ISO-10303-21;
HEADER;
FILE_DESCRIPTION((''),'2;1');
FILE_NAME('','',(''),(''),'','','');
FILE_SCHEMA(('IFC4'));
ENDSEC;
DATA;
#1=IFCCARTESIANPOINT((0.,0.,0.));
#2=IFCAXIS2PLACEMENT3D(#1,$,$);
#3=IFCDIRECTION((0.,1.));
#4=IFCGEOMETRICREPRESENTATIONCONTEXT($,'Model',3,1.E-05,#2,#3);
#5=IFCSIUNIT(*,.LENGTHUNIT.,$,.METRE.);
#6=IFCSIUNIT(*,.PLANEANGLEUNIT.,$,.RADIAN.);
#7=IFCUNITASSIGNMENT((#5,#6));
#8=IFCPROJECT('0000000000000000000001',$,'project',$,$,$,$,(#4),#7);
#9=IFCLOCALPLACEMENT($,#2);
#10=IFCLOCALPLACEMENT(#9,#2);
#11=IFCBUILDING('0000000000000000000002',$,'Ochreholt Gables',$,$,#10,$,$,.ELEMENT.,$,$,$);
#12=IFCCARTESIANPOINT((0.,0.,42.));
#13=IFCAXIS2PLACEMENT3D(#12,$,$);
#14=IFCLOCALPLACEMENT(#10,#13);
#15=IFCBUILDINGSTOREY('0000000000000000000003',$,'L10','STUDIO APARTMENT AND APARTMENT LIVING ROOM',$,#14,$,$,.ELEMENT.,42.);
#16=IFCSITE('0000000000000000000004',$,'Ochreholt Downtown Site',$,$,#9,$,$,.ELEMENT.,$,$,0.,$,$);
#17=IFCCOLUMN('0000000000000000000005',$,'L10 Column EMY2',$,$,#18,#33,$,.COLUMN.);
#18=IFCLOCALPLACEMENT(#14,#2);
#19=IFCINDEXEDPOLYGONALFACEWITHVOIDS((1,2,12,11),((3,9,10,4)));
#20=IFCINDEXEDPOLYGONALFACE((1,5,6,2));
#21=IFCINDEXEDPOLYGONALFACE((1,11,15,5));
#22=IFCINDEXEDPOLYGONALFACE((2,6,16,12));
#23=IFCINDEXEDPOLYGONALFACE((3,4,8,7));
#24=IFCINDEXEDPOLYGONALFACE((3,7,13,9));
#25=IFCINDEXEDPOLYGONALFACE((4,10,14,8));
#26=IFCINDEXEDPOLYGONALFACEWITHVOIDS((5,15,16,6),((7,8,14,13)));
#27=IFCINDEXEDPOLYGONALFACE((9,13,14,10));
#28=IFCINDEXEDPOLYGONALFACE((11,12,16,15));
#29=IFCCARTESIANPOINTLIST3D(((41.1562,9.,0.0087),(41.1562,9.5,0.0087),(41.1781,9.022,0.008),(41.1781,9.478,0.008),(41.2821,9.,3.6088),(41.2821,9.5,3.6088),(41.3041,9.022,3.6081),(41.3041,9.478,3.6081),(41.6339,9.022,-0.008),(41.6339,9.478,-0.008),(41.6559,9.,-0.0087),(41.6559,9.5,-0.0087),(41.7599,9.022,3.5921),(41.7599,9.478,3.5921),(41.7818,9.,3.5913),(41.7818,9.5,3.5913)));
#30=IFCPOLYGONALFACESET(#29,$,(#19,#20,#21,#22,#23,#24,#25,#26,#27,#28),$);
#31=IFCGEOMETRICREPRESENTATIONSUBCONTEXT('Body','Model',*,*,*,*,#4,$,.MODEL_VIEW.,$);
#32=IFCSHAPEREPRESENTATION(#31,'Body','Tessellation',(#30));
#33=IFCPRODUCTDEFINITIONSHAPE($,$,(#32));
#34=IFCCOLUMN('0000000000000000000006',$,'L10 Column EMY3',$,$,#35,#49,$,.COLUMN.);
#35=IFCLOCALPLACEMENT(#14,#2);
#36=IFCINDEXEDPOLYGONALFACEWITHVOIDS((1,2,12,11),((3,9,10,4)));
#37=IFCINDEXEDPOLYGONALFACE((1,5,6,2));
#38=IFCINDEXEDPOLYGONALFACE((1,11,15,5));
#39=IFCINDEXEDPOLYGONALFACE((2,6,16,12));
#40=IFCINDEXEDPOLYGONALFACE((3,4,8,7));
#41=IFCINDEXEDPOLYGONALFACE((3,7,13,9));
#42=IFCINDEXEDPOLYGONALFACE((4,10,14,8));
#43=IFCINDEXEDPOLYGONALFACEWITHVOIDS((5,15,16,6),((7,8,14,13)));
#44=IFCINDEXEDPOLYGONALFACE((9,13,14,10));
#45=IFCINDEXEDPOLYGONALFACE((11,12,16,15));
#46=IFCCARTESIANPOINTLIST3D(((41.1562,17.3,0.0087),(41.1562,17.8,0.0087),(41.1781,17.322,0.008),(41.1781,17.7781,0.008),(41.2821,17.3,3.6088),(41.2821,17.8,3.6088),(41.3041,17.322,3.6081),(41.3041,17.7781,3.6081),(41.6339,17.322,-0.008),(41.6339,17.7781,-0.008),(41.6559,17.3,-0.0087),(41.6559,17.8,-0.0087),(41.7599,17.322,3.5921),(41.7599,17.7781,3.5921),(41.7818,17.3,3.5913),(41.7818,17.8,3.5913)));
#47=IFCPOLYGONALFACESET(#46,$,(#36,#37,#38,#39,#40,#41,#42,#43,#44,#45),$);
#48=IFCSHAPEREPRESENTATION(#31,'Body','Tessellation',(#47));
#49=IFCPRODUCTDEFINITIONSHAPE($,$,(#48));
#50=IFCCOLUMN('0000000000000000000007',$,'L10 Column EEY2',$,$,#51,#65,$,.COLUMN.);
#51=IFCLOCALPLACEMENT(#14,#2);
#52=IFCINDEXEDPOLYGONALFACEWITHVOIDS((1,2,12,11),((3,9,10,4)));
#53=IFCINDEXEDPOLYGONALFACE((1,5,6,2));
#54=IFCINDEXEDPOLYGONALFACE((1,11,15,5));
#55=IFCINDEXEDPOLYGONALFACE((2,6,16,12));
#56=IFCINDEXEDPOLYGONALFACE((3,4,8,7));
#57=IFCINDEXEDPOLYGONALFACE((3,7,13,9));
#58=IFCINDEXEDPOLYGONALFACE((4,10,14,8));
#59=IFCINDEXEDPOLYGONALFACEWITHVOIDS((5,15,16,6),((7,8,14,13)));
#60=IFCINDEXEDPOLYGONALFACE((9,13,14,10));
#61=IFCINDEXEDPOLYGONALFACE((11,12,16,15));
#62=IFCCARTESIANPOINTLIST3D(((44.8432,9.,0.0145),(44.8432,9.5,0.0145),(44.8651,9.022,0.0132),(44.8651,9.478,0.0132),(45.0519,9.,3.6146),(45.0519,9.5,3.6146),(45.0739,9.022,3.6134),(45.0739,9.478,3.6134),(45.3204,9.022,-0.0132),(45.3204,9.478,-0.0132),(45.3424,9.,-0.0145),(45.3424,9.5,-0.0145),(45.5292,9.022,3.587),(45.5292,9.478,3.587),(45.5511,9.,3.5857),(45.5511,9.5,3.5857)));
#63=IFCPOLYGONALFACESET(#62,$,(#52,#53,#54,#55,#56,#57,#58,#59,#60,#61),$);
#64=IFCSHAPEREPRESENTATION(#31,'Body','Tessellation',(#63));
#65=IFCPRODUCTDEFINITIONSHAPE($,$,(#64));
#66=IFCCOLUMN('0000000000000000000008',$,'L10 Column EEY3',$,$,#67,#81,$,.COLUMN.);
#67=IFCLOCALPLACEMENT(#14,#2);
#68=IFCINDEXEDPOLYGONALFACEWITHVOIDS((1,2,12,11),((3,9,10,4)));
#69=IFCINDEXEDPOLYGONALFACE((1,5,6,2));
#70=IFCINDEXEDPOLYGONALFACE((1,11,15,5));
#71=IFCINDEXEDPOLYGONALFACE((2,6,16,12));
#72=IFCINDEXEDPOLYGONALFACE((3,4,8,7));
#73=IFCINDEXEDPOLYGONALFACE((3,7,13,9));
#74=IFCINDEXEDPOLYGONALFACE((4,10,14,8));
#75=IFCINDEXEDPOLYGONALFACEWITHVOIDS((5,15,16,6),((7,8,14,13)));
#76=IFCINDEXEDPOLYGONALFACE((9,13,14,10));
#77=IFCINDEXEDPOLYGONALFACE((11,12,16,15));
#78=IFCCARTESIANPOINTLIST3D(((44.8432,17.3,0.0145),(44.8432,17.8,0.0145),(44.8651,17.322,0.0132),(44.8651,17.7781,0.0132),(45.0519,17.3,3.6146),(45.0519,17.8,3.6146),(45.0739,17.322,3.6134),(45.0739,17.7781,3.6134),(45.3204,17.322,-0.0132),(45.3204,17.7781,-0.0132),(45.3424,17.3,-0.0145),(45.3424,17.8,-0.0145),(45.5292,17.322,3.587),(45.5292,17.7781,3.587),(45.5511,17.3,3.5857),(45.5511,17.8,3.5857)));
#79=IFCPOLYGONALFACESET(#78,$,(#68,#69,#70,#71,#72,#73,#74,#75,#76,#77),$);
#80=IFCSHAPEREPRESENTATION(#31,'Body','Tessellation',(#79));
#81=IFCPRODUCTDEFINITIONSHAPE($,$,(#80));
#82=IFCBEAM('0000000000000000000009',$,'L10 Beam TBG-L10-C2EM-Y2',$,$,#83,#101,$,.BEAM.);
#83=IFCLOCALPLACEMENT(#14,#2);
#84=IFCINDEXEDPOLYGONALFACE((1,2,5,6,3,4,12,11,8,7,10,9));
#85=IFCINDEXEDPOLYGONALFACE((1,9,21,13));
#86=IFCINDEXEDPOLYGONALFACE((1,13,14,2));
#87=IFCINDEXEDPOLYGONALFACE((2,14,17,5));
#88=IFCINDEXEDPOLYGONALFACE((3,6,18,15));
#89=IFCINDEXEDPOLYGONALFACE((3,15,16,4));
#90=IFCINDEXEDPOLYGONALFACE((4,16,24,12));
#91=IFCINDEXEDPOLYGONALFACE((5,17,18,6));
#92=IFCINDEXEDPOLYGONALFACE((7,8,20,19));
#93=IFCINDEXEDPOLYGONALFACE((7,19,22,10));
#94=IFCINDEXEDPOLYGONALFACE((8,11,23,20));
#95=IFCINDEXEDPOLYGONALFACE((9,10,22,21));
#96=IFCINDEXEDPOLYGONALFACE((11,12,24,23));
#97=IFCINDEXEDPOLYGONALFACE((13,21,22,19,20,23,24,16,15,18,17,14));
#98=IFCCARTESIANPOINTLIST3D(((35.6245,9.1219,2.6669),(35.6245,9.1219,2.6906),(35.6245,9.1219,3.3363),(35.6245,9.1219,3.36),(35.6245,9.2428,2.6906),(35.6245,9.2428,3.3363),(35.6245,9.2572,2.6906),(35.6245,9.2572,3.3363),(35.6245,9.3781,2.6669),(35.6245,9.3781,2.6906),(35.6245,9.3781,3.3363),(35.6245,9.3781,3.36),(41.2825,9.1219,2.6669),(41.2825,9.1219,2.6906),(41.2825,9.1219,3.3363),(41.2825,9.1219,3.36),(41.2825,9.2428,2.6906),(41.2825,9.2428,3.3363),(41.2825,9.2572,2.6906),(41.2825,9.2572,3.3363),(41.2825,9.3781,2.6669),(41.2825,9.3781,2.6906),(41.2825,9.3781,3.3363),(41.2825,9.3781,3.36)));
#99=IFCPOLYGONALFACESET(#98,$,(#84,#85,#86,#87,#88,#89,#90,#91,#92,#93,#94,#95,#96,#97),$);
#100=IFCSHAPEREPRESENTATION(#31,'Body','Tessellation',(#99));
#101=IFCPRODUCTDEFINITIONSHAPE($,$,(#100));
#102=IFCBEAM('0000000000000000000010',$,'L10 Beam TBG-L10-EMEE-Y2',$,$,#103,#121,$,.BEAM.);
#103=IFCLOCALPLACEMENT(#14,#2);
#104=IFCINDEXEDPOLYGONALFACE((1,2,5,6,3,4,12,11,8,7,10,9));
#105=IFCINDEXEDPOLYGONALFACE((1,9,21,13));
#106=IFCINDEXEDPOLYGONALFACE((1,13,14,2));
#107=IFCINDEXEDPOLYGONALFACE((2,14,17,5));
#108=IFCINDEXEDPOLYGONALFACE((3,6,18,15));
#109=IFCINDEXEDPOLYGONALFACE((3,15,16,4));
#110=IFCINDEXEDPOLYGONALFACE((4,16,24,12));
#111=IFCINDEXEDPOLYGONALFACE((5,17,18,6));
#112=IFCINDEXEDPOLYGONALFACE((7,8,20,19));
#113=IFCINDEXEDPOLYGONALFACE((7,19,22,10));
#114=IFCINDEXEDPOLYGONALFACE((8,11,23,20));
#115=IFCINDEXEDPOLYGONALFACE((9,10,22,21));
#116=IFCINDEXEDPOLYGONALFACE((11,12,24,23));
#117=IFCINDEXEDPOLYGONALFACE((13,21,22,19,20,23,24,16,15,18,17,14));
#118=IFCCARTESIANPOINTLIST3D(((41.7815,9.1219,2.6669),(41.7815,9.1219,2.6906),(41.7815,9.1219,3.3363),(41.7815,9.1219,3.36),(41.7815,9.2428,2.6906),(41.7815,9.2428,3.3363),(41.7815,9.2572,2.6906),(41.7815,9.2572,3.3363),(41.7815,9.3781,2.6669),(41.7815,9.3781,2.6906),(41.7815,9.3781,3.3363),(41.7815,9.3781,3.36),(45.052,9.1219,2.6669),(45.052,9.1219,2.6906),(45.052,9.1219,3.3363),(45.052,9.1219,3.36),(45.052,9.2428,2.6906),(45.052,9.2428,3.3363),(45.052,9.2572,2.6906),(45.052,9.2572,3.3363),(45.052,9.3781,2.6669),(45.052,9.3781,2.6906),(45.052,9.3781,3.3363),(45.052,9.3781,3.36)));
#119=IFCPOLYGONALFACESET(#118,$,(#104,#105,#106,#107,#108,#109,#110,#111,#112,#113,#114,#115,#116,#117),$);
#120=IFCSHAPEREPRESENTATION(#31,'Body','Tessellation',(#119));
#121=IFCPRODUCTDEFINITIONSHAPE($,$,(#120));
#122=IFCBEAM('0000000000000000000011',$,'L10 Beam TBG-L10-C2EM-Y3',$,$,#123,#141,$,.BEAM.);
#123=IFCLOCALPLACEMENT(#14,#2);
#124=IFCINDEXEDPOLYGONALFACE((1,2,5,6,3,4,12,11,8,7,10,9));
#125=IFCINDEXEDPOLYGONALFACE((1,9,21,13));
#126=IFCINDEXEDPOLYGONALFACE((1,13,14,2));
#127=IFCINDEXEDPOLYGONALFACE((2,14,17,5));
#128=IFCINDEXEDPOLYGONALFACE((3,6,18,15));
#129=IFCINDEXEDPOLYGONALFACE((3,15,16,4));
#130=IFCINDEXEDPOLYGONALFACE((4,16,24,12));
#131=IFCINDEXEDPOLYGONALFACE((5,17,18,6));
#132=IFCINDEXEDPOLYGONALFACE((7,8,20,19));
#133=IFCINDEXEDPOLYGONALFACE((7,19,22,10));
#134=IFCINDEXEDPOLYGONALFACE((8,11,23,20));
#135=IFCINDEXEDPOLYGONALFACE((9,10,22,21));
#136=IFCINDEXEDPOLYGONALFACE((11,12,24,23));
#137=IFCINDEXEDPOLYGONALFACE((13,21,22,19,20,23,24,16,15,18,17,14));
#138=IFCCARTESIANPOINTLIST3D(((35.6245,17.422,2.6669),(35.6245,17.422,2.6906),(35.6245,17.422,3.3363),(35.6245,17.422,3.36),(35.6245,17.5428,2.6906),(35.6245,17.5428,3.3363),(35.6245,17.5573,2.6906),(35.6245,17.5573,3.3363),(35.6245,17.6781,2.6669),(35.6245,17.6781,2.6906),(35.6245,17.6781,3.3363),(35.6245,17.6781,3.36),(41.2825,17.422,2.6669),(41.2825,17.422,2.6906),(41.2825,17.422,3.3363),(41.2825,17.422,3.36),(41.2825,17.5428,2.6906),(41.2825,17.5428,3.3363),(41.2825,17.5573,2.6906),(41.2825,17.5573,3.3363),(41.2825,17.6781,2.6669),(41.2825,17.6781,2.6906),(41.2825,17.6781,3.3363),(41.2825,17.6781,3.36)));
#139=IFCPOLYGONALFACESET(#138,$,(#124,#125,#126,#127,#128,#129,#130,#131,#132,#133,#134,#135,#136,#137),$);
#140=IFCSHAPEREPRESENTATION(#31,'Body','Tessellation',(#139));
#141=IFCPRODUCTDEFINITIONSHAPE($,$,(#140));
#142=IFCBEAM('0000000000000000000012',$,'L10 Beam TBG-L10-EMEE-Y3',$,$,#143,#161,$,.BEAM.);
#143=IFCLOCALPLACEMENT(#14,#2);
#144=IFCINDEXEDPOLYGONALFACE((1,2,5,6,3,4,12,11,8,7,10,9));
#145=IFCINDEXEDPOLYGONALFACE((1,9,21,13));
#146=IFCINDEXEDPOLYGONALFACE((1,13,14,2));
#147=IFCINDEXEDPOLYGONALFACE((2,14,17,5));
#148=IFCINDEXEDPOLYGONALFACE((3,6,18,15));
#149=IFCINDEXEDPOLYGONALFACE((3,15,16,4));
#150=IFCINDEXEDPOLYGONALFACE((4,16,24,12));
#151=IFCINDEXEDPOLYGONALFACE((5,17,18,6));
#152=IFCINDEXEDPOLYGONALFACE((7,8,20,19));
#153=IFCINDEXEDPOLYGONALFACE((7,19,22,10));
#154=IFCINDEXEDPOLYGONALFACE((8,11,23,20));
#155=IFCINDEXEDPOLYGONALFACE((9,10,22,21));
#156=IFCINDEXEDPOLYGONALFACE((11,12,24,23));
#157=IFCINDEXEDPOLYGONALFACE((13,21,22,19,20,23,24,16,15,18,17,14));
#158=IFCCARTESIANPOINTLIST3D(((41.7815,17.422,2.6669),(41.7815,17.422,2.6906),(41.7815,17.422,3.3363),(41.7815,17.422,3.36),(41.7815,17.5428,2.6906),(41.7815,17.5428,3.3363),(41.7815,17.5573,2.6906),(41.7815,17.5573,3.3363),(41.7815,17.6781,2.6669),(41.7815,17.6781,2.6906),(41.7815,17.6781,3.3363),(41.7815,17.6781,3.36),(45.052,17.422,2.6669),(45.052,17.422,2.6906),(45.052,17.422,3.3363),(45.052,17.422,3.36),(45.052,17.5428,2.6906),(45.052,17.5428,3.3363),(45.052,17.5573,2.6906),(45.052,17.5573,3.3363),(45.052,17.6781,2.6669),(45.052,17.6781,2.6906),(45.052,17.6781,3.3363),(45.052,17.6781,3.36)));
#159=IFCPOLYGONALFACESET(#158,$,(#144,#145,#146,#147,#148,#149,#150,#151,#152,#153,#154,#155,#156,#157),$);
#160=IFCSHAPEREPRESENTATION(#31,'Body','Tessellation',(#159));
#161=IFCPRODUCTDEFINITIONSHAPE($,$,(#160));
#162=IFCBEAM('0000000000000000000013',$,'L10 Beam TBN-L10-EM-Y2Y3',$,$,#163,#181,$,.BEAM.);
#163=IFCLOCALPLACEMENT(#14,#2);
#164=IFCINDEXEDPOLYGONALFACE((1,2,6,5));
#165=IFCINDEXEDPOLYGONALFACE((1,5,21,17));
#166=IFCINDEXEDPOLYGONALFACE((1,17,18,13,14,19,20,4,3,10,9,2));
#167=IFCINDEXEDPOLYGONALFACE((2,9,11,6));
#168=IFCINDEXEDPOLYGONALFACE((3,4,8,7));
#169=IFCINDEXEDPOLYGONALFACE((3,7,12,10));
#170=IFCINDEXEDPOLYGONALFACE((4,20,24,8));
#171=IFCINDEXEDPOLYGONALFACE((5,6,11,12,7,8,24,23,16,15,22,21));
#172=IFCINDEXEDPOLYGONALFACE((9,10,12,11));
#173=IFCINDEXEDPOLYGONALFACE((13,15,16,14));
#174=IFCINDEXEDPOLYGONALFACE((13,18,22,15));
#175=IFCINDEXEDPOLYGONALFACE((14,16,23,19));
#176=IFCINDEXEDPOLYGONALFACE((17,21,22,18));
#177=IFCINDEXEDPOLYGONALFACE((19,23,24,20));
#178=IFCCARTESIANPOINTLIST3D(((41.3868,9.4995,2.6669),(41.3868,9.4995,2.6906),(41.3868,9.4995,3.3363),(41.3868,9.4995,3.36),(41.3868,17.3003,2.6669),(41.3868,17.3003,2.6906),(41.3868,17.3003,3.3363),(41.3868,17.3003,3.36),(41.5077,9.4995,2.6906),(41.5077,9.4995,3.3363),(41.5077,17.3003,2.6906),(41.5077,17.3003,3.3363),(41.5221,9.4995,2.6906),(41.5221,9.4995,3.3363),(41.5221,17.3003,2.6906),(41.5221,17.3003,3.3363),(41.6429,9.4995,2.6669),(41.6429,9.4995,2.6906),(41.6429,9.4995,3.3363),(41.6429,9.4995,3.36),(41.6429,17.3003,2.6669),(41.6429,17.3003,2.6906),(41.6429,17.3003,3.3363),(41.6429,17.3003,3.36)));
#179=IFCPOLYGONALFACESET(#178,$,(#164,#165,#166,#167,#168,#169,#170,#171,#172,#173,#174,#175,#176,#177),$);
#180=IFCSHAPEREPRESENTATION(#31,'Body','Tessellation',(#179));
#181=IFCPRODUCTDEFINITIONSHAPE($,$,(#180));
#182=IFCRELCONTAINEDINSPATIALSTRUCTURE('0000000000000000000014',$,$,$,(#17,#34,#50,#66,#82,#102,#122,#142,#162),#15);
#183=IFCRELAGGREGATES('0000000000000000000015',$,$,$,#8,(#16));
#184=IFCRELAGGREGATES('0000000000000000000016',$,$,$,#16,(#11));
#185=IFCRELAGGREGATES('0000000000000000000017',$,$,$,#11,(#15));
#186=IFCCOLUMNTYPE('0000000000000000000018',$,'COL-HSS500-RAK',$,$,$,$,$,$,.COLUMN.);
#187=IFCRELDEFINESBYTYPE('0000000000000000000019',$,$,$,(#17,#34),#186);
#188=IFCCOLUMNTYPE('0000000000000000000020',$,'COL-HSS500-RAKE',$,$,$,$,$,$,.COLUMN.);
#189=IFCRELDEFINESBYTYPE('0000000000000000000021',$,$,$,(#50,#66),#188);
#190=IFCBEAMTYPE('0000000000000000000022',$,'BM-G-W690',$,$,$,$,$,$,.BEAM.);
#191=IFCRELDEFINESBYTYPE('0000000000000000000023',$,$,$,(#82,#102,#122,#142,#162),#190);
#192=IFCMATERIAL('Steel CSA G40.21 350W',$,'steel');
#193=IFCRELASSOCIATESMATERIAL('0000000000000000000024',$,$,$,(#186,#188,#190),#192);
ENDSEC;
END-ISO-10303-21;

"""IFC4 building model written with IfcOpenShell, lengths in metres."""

from ifc_helpers import new_model, si_unit, direction, frame, origin, origin_2d, place, context, subcontext, project, spatial, hollow_rectangle, i_section, extrude, material, material_profile, profile_set, type_object, element, save


model = new_model("IFC4")

# Units and contexts
model_context = context("Model", 3, precision=1e-05, world=origin(), true_north=direction((0.0, 1.0)))
body_context = subcontext(model_context, "Body", "Model", "MODEL_VIEW")
ifc_project = project(units=[si_unit("LENGTHUNIT", "METRE"), si_unit("PLANEANGLEUNIT", "RADIAN")], contexts=[model_context])

# Site, building, storey
site_placement = place(None, origin())
site = spatial("IfcSite", under=ifc_project, at=site_placement, Name="Ochreholt Downtown Site", CompositionType="ELEMENT", RefElevation=0.0)
building_placement = place(site_placement, origin())
building = spatial("IfcBuilding", under=site, at=building_placement, Name="Ochreholt Gables", CompositionType="ELEMENT")
storey_placement = place(building_placement, frame((0.0, 0.0, 42.0)))
storey = spatial("IfcBuildingStorey", under=building, at=storey_placement, Name="L10", Description="STUDIO APARTMENT AND APARTMENT LIVING ROOM", CompositionType="ELEMENT", Elevation=42.0)

# Columns
ifc_material_1 = material(Name="Steel CSA G40.21 350W", Category="steel")
ifc_material_profile_1 = material_profile(ifc_material_1, hollow_rectangle(XDim=0.5, YDim=0.5, WallThickness=0.022, at=origin_2d()), Name="HSS500X500X22")
ifc_profile_set_1 = profile_set([ifc_material_profile_1], Name="Steel CSA G40.21 350W")
column_type_1 = type_object("IfcColumnType", Name="COL-HSS500-RAK", PredefinedType="COLUMN", material=ifc_profile_set_1)
for number, where, z_axis, x_axis, name in (
    (1, (41.406, 9.25, 0.0), (0.034971, 0.0, 0.999388), (0.0, 1.0, 0.0), "L10 Column EMY2"),
    (2, (41.406, 17.55, 0.0), (0.034971, 0.0, 0.999388), (0.0, 1.0, 0.0), "L10 Column EMY3"),
):
    element("IfcColumn", number, at=place(storey_placement, frame(where, z_axis=z_axis, x_axis=x_axis)), inside=storey, type_object=column_type_1, Name=name, PredefinedType="COLUMN", context=body_context, shape_type="SweptSolid", body=[
        extrude(hollow_rectangle(XDim=0.5, YDim=0.5, WallThickness=0.022, at=origin_2d()), origin(), (0.0, 0.0, 1.0), 3.6023),
    ])
ifc_material_profile_2 = material_profile(ifc_material_1, hollow_rectangle(XDim=0.5, YDim=0.5, WallThickness=0.022, at=origin_2d()), Name="HSS500X500X22")
ifc_profile_set_2 = profile_set([ifc_material_profile_2], Name="Steel CSA G40.21 350W")
column_type_2 = type_object("IfcColumnType", Name="COL-HSS500-RAKE", PredefinedType="COLUMN", material=ifc_profile_set_2)
for number, where, z_axis, x_axis, name in (
    (3, (45.0928, 9.25, 0.0), (0.057885, 0.0, 0.998323), (0.0, 1.0, 0.0), "L10 Column EEY2"),
    (4, (45.0928, 17.55, 0.0), (0.057885, 0.0, 0.998323), (0.0, 1.0, 0.0), "L10 Column EEY3"),
):
    element("IfcColumn", number, at=place(storey_placement, frame(where, z_axis=z_axis, x_axis=x_axis)), inside=storey, type_object=column_type_2, Name=name, PredefinedType="COLUMN", context=body_context, shape_type="SweptSolid", body=[
        extrude(hollow_rectangle(XDim=0.5, YDim=0.5, WallThickness=0.022, at=origin_2d()), origin(), (0.0, 0.0, 1.0), 3.6062),
    ])

# Beams
ifc_material_profile_3 = material_profile(ifc_material_1, i_section(OverallWidth=0.2561, OverallDepth=0.6931, WebThickness=0.0144, FlangeThickness=0.0237, at=origin_2d()), Name="W690X170")
ifc_profile_set_3 = profile_set([ifc_material_profile_3], Name="Steel CSA G40.21 350W")
beam_type_1 = type_object("IfcBeamType", Name="BM-G-W690", PredefinedType="BEAM", material=ifc_profile_set_3)
beam_1_placement = place(storey_placement, frame((35.6245, 9.25, 3.0134), z_axis=(1.0, 0.0, 0.0), x_axis=(0.0, 1.0, 0.0)))
element("IfcBeam", 5, at=beam_1_placement, inside=storey, type_object=beam_type_1, Name="L10 Beam TBG-L10-C2EM-Y2", PredefinedType="BEAM", context=body_context, shape_type="SweptSolid", body=[
    extrude(i_section(OverallWidth=0.2561, OverallDepth=0.6931, WebThickness=0.0144, FlangeThickness=0.0237, at=origin_2d()), origin(), (0.0, 0.0, 1.0), 5.658),
])
beam_2_placement = place(storey_placement, frame((41.7815, 9.25, 3.0134), z_axis=(1.0, 0.0, 0.0), x_axis=(0.0, 1.0, 0.0)))
element("IfcBeam", 6, at=beam_2_placement, inside=storey, type_object=beam_type_1, Name="L10 Beam TBG-L10-EMEE-Y2", PredefinedType="BEAM", context=body_context, shape_type="SweptSolid", body=[
    extrude(i_section(OverallWidth=0.2561, OverallDepth=0.6931, WebThickness=0.0144, FlangeThickness=0.0237, at=origin_2d()), origin(), (0.0, 0.0, 1.0), 3.2705),
])
beam_3_placement = place(storey_placement, frame((35.6245, 17.55, 3.0134), z_axis=(1.0, 0.0, 0.0), x_axis=(0.0, 1.0, 0.0)))
element("IfcBeam", 7, at=beam_3_placement, inside=storey, type_object=beam_type_1, Name="L10 Beam TBG-L10-C2EM-Y3", PredefinedType="BEAM", context=body_context, shape_type="SweptSolid", body=[
    extrude(i_section(OverallWidth=0.2561, OverallDepth=0.6931, WebThickness=0.0144, FlangeThickness=0.0237, at=origin_2d()), origin(), (0.0, 0.0, 1.0), 5.658),
])
beam_4_placement = place(storey_placement, frame((41.7815, 17.55, 3.0134), z_axis=(1.0, 0.0, 0.0), x_axis=(0.0, 1.0, 0.0)))
element("IfcBeam", 8, at=beam_4_placement, inside=storey, type_object=beam_type_1, Name="L10 Beam TBG-L10-EMEE-Y3", PredefinedType="BEAM", context=body_context, shape_type="SweptSolid", body=[
    extrude(i_section(OverallWidth=0.2561, OverallDepth=0.6931, WebThickness=0.0144, FlangeThickness=0.0237, at=origin_2d()), origin(), (0.0, 0.0, 1.0), 3.2705),
])
beam_5_placement = place(storey_placement, frame((41.5149, 9.4995, 3.0134), z_axis=(0.0, 1.0, 0.0), x_axis=(-1.0, 0.0, 0.0)))
element("IfcBeam", 9, at=beam_5_placement, inside=storey, type_object=beam_type_1, Name="L10 Beam TBN-L10-EM-Y2Y3", PredefinedType="BEAM", context=body_context, shape_type="SweptSolid", body=[
    extrude(i_section(OverallWidth=0.2561, OverallDepth=0.6931, WebThickness=0.0144, FlangeThickness=0.0237, at=origin_2d()), origin(), (0.0, 0.0, 1.0), 7.8008),
])

save(model, "model.ifc")
